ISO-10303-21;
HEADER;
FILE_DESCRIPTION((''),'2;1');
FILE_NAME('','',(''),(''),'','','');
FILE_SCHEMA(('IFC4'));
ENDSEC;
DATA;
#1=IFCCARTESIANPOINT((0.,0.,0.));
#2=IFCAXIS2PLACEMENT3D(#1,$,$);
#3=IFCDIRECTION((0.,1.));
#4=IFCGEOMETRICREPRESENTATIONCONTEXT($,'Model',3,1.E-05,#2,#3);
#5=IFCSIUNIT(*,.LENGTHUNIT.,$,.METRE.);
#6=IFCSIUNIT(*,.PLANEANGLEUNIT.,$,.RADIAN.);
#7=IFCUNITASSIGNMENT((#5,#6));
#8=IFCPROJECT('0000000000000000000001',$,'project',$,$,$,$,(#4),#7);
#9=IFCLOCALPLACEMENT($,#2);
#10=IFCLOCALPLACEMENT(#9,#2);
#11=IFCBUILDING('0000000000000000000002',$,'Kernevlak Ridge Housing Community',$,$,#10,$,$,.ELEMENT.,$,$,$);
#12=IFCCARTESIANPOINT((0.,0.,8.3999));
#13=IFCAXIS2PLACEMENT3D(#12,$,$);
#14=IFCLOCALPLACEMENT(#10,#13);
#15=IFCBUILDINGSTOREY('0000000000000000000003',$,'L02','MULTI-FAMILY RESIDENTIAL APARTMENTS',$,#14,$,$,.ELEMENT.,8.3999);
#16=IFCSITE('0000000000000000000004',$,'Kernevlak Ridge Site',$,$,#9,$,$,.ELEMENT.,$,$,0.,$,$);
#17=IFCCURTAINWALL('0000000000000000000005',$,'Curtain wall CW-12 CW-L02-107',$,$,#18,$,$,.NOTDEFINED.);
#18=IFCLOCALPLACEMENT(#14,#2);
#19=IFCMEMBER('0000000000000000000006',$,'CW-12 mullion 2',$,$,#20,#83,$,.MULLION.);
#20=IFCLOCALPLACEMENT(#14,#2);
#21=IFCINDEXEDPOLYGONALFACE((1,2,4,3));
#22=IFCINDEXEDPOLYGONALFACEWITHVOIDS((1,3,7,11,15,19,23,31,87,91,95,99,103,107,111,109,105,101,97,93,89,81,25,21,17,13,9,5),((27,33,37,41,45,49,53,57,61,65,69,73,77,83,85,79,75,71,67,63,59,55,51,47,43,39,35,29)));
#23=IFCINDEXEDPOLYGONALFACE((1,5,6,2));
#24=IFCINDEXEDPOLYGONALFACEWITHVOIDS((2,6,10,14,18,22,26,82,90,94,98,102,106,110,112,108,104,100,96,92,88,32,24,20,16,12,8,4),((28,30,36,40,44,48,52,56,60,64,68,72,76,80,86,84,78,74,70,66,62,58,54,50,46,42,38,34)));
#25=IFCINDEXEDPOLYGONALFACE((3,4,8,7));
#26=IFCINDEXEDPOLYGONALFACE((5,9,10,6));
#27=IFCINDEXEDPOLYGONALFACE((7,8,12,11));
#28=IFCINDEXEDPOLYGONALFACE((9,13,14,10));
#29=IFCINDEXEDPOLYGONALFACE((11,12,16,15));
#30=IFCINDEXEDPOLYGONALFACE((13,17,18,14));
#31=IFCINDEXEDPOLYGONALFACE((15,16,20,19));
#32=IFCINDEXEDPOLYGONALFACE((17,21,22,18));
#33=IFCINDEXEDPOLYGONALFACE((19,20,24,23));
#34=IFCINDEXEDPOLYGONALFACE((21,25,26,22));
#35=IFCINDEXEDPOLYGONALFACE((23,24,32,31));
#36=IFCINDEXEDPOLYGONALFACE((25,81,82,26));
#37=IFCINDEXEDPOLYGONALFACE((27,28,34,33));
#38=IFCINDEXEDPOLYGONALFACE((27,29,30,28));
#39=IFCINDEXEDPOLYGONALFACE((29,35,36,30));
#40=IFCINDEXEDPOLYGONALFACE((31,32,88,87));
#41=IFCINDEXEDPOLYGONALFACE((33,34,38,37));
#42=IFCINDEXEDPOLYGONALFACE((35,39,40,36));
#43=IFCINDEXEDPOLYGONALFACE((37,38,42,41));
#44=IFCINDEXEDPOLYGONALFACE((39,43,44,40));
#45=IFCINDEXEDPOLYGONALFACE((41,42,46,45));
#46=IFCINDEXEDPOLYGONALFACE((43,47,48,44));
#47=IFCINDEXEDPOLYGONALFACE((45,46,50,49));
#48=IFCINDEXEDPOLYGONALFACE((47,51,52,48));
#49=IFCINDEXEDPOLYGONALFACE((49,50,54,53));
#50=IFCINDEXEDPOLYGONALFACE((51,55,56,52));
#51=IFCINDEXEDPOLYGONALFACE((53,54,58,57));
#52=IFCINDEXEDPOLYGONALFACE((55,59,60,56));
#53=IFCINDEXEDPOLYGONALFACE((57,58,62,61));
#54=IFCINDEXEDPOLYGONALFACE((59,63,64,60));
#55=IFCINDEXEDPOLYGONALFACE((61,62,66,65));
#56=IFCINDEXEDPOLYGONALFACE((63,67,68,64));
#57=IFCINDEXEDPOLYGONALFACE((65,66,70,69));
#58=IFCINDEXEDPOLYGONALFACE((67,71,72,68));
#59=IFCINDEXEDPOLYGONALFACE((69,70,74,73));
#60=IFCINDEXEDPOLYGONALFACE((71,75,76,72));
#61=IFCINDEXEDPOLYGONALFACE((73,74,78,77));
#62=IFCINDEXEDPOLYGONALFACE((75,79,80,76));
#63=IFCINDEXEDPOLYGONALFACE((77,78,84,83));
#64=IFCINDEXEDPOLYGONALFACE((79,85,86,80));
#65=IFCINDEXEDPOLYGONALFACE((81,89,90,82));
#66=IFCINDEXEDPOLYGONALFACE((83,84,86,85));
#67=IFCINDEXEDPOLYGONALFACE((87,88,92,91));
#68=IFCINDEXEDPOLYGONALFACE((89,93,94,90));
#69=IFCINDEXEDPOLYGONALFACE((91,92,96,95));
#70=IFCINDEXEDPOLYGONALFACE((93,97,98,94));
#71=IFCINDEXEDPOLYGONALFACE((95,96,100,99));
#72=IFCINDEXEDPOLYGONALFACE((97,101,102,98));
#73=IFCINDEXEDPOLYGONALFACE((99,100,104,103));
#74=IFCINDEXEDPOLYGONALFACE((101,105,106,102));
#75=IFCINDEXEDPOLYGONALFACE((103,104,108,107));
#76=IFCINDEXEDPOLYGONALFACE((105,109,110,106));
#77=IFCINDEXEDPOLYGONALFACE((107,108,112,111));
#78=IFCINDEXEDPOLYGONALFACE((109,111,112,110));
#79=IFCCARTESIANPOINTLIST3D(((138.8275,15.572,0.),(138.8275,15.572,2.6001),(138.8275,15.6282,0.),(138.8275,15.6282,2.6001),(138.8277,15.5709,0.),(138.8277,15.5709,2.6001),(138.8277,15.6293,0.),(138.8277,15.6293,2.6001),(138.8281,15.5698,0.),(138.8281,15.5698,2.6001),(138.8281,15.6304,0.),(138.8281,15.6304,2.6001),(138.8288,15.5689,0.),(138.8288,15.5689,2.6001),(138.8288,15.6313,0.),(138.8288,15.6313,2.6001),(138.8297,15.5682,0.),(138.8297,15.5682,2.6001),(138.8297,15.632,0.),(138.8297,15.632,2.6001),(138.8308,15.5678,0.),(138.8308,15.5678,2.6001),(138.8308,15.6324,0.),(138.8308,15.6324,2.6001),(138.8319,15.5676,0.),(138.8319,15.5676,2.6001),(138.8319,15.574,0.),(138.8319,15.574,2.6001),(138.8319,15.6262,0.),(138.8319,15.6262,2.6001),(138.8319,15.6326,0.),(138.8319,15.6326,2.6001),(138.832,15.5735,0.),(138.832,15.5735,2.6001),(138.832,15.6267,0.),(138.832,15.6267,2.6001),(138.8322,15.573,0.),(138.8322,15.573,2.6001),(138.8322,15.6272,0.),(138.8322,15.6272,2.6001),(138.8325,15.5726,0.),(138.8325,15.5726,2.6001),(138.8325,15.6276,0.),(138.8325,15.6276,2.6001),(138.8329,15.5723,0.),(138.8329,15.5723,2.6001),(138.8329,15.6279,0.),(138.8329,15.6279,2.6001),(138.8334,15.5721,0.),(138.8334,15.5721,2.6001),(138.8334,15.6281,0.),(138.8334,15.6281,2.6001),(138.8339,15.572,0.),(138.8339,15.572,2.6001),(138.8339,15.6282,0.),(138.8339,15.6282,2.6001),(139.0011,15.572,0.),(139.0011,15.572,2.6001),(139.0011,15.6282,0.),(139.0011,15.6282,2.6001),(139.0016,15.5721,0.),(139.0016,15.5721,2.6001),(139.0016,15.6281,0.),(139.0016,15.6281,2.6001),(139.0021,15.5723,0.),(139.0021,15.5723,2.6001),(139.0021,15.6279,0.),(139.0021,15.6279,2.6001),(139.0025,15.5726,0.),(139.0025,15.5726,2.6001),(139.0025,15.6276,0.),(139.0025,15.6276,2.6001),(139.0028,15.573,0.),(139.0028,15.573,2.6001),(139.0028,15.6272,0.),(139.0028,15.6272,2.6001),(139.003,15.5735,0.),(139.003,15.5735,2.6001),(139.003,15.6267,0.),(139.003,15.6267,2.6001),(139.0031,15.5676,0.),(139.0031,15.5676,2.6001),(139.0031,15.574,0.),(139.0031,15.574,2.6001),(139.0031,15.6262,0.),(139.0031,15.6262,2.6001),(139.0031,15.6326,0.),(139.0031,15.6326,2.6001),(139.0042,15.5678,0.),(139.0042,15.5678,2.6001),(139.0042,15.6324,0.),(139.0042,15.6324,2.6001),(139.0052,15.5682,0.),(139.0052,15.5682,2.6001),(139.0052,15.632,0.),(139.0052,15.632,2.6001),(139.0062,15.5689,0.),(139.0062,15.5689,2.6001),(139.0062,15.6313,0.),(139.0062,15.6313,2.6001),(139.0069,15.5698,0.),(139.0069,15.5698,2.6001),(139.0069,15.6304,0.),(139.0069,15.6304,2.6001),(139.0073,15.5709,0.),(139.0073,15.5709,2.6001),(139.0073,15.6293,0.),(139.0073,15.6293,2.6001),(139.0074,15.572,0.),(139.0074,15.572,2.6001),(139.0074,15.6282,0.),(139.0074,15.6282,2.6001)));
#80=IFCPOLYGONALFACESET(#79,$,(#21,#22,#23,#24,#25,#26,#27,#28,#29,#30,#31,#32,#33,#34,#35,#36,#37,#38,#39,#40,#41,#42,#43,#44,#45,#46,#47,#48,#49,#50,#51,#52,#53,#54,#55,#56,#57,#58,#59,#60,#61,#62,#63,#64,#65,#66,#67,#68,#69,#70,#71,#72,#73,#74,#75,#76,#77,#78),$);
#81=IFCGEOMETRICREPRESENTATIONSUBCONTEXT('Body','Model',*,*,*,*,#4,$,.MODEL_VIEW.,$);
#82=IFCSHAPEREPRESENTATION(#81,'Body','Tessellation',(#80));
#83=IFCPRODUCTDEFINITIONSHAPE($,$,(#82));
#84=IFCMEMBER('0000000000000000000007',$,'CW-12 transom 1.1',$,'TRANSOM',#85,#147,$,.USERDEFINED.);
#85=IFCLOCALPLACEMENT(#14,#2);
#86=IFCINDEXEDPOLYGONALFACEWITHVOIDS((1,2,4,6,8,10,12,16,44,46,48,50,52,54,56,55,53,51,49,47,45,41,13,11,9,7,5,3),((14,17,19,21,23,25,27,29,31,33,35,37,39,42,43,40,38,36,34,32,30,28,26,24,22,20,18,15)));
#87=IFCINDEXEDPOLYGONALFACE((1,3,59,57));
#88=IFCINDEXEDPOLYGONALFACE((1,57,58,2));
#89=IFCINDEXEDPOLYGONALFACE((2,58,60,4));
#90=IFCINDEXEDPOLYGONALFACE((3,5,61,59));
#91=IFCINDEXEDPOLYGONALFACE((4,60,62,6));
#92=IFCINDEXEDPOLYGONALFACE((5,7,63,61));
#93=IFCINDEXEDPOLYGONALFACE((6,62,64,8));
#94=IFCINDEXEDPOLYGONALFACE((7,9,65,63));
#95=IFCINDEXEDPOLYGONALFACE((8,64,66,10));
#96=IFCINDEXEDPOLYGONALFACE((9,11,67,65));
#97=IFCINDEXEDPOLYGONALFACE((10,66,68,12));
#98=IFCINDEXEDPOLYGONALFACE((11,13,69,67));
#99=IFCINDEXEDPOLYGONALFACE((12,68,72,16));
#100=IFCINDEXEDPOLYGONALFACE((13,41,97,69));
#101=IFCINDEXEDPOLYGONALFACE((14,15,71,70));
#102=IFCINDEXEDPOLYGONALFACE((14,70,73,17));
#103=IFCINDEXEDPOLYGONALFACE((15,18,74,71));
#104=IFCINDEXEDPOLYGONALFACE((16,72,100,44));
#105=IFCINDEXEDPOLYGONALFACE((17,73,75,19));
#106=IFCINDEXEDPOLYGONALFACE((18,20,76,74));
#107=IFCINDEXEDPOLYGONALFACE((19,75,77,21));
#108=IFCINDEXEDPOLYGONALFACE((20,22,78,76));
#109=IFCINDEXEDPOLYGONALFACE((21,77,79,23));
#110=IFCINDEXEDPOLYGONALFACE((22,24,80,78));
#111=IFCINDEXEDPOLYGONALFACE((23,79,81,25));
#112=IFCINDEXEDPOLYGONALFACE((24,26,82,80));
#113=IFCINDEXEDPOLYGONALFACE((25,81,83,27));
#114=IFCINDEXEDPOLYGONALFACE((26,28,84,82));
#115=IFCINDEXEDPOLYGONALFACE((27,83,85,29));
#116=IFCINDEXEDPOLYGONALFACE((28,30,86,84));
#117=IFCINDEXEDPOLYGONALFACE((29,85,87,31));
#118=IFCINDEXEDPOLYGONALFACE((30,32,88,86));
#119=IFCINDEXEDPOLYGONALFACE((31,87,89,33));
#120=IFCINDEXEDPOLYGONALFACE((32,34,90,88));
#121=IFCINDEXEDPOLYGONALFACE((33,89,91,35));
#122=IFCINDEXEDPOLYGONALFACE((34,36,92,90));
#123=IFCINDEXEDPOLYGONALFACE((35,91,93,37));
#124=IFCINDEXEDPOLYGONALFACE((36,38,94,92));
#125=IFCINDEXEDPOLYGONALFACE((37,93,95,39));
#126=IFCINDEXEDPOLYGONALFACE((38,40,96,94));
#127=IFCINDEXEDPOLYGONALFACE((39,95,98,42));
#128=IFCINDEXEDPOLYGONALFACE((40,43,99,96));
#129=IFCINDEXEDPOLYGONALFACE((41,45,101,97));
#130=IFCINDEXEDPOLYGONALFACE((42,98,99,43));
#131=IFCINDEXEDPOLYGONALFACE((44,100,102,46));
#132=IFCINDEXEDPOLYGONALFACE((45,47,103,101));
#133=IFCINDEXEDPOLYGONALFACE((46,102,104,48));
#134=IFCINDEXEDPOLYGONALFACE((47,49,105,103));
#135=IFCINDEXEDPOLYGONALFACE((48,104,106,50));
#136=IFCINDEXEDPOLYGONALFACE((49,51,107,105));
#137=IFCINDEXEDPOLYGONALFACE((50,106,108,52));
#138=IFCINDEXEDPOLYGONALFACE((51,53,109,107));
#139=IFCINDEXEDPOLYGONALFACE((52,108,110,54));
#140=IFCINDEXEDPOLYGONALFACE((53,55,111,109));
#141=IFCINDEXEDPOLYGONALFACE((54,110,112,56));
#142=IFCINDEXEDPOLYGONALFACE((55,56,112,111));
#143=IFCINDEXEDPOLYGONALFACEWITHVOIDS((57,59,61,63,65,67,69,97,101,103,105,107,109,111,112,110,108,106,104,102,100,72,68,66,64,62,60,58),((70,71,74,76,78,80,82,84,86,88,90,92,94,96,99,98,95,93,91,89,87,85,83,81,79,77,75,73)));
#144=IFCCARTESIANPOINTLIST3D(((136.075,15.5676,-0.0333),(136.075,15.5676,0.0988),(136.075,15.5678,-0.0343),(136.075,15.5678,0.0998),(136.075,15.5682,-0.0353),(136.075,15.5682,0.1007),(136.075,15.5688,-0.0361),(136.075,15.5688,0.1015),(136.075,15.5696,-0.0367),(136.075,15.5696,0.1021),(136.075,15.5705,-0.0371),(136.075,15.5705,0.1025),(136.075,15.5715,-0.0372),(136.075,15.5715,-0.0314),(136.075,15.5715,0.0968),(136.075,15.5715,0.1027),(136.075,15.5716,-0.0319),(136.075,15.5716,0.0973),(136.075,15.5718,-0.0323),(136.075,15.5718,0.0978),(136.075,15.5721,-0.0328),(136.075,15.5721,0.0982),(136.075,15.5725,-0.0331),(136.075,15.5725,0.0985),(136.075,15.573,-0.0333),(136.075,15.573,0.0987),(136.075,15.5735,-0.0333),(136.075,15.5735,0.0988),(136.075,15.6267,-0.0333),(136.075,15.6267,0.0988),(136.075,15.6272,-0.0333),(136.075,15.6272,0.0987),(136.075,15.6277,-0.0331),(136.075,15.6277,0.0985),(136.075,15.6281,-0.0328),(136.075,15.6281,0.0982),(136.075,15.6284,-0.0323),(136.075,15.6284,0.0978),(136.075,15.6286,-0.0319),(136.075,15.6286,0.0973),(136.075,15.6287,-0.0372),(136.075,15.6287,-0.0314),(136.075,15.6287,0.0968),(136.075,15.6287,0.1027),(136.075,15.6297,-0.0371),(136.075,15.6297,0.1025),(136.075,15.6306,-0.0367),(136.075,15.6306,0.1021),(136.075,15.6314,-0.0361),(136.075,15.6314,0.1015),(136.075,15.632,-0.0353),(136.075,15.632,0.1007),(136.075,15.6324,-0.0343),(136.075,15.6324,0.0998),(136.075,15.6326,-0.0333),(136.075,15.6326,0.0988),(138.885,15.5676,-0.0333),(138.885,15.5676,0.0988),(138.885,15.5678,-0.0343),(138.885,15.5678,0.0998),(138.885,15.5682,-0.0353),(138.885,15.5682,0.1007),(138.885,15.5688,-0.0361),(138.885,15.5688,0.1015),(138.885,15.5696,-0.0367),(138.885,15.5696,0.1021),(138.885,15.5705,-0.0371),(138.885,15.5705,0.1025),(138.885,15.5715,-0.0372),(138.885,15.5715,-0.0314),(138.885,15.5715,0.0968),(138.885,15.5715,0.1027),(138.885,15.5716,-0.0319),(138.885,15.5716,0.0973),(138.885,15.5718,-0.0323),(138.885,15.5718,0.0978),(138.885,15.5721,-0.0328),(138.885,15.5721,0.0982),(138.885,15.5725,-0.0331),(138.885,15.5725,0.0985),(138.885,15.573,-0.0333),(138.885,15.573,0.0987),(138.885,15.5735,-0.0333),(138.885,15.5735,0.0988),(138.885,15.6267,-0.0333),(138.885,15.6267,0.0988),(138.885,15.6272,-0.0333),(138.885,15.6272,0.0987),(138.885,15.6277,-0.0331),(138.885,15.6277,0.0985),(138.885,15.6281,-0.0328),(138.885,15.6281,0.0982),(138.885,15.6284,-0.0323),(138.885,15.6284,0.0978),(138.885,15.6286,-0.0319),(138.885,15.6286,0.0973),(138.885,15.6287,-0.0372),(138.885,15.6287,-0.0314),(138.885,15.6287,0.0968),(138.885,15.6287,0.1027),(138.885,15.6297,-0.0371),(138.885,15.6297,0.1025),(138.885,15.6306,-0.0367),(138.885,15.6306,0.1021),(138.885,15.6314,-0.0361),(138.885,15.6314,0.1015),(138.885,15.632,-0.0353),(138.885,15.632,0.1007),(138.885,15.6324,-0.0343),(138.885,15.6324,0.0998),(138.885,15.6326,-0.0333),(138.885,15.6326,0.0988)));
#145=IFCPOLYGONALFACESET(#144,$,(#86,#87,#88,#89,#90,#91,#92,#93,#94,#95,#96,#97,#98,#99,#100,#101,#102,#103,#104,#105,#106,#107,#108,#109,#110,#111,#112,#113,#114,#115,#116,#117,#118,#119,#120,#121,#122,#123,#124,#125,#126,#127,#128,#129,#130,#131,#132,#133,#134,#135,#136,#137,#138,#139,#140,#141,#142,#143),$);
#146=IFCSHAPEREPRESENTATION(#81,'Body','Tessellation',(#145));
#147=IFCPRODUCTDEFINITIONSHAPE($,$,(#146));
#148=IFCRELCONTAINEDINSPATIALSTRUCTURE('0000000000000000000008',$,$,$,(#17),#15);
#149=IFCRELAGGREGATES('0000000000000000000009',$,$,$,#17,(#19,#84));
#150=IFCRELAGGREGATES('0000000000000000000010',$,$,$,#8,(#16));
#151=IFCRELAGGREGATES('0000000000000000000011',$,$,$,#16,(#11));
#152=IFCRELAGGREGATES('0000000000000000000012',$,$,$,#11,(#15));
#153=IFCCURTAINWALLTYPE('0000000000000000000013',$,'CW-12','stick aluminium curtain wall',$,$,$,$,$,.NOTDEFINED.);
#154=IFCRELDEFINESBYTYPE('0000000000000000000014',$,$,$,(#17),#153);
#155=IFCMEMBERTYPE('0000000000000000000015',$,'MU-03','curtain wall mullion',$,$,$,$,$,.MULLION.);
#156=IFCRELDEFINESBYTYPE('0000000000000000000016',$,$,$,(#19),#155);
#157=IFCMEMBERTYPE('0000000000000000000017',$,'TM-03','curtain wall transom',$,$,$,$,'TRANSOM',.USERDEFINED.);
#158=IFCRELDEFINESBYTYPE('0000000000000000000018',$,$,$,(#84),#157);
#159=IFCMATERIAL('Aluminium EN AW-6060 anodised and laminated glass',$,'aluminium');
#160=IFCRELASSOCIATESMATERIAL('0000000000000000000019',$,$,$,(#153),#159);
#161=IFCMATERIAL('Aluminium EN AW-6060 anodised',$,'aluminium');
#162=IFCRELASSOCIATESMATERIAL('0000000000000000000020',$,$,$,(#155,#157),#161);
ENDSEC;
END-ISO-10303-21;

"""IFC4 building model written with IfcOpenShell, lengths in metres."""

from ifc_helpers import new_model, si_unit, direction, frame, origin, origin_2d, place, context, subcontext, project, spatial, hollow_rectangle, extrude, material, material_profile, profile_set, type_object, element, aggregate, save


model = new_model("IFC4")

# Units and contexts
model_context = context("Model", 3, precision=1e-05, world=origin(), true_north=direction((0.0, 1.0)))
body_context = subcontext(model_context, "Body", "Model", "MODEL_VIEW")
ifc_project = project(units=[si_unit("LENGTHUNIT", "METRE"), si_unit("PLANEANGLEUNIT", "RADIAN")], contexts=[model_context])

# Site, building, storey
site_placement = place(None, origin())
site = spatial("IfcSite", under=ifc_project, at=site_placement, Name="Kernevlak Ridge Site", CompositionType="ELEMENT", RefElevation=0.0)
building_placement = place(site_placement, origin())
building = spatial("IfcBuilding", under=site, at=building_placement, Name="Kernevlak Ridge Housing Community", CompositionType="ELEMENT")
storey_placement = place(building_placement, frame((0.0, 0.0, 8.3999)))
storey = spatial("IfcBuildingStorey", under=building, at=storey_placement, Name="L02", Description="MULTI-FAMILY RESIDENTIAL APARTMENTS", CompositionType="ELEMENT", Elevation=8.3999)

# Shared definitions
ifc_material_1 = material(Name="Aluminium EN AW-6060 anodised and laminated glass", Category="aluminium")
ifc_material_2 = material(Name="Aluminium EN AW-6060 anodised", Category="aluminium")

# Curtain wall, members
curtain_wall_type_1 = type_object("IfcCurtainWallType", Name="CW-12", Description="stick aluminium curtain wall", PredefinedType="NOTDEFINED", material=ifc_material_1)
curtain_wall_1_placement = place(storey_placement, origin())
curtain_wall_1 = element("IfcCurtainWall", 1, at=curtain_wall_1_placement, inside=storey, type_object=curtain_wall_type_1, Name="Curtain wall CW-12 CW-L02-107", PredefinedType="NOTDEFINED")
ifc_material_profile_1 = material_profile(ifc_material_2, hollow_rectangle(XDim=0.0649, YDim=0.1799, WallThickness=0.0044, InnerFilletRadius=0.002, OuterFilletRadius=0.0044, at=origin_2d()), Name="ALU 65x180x4.5")
ifc_profile_set_1 = profile_set([ifc_material_profile_1], Name="Aluminium EN AW-6060 anodised")
member_type_1 = type_object("IfcMemberType", Name="MU-03", Description="curtain wall mullion", PredefinedType="MULLION", material=ifc_profile_set_1)
member_1_placement = place(storey_placement, frame((138.9175, 15.6001, 0.0), z_axis=(0.0, 0.0, 1.0), x_axis=(0.0, 1.0, 0.0)))
member_1 = element("IfcMember", 2, at=member_1_placement, type_object=member_type_1, Name="CW-12 mullion 2", PredefinedType="MULLION", context=body_context, shape_type="SweptSolid", body=[
    extrude(hollow_rectangle(XDim=0.0649, YDim=0.1799, WallThickness=0.0044, InnerFilletRadius=0.002, OuterFilletRadius=0.0044, at=origin_2d()), origin(), (0.0, 0.0, 1.0), 2.6001),
])
ifc_material_profile_2 = material_profile(ifc_material_2, hollow_rectangle(XDim=0.0649, YDim=0.1399, WallThickness=0.0039, InnerFilletRadius=0.002, OuterFilletRadius=0.0039, at=origin_2d()), Name="ALU 65x140x4")
ifc_profile_set_2 = profile_set([ifc_material_profile_2], Name="Aluminium EN AW-6060 anodised")
member_type_2 = type_object("IfcMemberType", Name="TM-03", Description="curtain wall transom", ElementType="TRANSOM", PredefinedType="USERDEFINED", material=ifc_profile_set_2)
member_2_placement = place(storey_placement, frame((136.075, 15.6001, 0.0327), z_axis=(1.0, 0.0, 0.0), x_axis=(0.0, 1.0, 0.0)))
member_2 = element("IfcMember", 3, at=member_2_placement, type_object=member_type_2, Name="CW-12 transom 1.1", ObjectType="TRANSOM", PredefinedType="USERDEFINED", context=body_context, shape_type="SweptSolid", body=[
    extrude(hollow_rectangle(XDim=0.0649, YDim=0.1399, WallThickness=0.0039, InnerFilletRadius=0.002, OuterFilletRadius=0.0039, at=origin_2d()), origin(), (0.0, 0.0, 1.0), 2.8101),
])

aggregate(curtain_wall_1, [member_1, member_2])

save(model, "model.ifc")
